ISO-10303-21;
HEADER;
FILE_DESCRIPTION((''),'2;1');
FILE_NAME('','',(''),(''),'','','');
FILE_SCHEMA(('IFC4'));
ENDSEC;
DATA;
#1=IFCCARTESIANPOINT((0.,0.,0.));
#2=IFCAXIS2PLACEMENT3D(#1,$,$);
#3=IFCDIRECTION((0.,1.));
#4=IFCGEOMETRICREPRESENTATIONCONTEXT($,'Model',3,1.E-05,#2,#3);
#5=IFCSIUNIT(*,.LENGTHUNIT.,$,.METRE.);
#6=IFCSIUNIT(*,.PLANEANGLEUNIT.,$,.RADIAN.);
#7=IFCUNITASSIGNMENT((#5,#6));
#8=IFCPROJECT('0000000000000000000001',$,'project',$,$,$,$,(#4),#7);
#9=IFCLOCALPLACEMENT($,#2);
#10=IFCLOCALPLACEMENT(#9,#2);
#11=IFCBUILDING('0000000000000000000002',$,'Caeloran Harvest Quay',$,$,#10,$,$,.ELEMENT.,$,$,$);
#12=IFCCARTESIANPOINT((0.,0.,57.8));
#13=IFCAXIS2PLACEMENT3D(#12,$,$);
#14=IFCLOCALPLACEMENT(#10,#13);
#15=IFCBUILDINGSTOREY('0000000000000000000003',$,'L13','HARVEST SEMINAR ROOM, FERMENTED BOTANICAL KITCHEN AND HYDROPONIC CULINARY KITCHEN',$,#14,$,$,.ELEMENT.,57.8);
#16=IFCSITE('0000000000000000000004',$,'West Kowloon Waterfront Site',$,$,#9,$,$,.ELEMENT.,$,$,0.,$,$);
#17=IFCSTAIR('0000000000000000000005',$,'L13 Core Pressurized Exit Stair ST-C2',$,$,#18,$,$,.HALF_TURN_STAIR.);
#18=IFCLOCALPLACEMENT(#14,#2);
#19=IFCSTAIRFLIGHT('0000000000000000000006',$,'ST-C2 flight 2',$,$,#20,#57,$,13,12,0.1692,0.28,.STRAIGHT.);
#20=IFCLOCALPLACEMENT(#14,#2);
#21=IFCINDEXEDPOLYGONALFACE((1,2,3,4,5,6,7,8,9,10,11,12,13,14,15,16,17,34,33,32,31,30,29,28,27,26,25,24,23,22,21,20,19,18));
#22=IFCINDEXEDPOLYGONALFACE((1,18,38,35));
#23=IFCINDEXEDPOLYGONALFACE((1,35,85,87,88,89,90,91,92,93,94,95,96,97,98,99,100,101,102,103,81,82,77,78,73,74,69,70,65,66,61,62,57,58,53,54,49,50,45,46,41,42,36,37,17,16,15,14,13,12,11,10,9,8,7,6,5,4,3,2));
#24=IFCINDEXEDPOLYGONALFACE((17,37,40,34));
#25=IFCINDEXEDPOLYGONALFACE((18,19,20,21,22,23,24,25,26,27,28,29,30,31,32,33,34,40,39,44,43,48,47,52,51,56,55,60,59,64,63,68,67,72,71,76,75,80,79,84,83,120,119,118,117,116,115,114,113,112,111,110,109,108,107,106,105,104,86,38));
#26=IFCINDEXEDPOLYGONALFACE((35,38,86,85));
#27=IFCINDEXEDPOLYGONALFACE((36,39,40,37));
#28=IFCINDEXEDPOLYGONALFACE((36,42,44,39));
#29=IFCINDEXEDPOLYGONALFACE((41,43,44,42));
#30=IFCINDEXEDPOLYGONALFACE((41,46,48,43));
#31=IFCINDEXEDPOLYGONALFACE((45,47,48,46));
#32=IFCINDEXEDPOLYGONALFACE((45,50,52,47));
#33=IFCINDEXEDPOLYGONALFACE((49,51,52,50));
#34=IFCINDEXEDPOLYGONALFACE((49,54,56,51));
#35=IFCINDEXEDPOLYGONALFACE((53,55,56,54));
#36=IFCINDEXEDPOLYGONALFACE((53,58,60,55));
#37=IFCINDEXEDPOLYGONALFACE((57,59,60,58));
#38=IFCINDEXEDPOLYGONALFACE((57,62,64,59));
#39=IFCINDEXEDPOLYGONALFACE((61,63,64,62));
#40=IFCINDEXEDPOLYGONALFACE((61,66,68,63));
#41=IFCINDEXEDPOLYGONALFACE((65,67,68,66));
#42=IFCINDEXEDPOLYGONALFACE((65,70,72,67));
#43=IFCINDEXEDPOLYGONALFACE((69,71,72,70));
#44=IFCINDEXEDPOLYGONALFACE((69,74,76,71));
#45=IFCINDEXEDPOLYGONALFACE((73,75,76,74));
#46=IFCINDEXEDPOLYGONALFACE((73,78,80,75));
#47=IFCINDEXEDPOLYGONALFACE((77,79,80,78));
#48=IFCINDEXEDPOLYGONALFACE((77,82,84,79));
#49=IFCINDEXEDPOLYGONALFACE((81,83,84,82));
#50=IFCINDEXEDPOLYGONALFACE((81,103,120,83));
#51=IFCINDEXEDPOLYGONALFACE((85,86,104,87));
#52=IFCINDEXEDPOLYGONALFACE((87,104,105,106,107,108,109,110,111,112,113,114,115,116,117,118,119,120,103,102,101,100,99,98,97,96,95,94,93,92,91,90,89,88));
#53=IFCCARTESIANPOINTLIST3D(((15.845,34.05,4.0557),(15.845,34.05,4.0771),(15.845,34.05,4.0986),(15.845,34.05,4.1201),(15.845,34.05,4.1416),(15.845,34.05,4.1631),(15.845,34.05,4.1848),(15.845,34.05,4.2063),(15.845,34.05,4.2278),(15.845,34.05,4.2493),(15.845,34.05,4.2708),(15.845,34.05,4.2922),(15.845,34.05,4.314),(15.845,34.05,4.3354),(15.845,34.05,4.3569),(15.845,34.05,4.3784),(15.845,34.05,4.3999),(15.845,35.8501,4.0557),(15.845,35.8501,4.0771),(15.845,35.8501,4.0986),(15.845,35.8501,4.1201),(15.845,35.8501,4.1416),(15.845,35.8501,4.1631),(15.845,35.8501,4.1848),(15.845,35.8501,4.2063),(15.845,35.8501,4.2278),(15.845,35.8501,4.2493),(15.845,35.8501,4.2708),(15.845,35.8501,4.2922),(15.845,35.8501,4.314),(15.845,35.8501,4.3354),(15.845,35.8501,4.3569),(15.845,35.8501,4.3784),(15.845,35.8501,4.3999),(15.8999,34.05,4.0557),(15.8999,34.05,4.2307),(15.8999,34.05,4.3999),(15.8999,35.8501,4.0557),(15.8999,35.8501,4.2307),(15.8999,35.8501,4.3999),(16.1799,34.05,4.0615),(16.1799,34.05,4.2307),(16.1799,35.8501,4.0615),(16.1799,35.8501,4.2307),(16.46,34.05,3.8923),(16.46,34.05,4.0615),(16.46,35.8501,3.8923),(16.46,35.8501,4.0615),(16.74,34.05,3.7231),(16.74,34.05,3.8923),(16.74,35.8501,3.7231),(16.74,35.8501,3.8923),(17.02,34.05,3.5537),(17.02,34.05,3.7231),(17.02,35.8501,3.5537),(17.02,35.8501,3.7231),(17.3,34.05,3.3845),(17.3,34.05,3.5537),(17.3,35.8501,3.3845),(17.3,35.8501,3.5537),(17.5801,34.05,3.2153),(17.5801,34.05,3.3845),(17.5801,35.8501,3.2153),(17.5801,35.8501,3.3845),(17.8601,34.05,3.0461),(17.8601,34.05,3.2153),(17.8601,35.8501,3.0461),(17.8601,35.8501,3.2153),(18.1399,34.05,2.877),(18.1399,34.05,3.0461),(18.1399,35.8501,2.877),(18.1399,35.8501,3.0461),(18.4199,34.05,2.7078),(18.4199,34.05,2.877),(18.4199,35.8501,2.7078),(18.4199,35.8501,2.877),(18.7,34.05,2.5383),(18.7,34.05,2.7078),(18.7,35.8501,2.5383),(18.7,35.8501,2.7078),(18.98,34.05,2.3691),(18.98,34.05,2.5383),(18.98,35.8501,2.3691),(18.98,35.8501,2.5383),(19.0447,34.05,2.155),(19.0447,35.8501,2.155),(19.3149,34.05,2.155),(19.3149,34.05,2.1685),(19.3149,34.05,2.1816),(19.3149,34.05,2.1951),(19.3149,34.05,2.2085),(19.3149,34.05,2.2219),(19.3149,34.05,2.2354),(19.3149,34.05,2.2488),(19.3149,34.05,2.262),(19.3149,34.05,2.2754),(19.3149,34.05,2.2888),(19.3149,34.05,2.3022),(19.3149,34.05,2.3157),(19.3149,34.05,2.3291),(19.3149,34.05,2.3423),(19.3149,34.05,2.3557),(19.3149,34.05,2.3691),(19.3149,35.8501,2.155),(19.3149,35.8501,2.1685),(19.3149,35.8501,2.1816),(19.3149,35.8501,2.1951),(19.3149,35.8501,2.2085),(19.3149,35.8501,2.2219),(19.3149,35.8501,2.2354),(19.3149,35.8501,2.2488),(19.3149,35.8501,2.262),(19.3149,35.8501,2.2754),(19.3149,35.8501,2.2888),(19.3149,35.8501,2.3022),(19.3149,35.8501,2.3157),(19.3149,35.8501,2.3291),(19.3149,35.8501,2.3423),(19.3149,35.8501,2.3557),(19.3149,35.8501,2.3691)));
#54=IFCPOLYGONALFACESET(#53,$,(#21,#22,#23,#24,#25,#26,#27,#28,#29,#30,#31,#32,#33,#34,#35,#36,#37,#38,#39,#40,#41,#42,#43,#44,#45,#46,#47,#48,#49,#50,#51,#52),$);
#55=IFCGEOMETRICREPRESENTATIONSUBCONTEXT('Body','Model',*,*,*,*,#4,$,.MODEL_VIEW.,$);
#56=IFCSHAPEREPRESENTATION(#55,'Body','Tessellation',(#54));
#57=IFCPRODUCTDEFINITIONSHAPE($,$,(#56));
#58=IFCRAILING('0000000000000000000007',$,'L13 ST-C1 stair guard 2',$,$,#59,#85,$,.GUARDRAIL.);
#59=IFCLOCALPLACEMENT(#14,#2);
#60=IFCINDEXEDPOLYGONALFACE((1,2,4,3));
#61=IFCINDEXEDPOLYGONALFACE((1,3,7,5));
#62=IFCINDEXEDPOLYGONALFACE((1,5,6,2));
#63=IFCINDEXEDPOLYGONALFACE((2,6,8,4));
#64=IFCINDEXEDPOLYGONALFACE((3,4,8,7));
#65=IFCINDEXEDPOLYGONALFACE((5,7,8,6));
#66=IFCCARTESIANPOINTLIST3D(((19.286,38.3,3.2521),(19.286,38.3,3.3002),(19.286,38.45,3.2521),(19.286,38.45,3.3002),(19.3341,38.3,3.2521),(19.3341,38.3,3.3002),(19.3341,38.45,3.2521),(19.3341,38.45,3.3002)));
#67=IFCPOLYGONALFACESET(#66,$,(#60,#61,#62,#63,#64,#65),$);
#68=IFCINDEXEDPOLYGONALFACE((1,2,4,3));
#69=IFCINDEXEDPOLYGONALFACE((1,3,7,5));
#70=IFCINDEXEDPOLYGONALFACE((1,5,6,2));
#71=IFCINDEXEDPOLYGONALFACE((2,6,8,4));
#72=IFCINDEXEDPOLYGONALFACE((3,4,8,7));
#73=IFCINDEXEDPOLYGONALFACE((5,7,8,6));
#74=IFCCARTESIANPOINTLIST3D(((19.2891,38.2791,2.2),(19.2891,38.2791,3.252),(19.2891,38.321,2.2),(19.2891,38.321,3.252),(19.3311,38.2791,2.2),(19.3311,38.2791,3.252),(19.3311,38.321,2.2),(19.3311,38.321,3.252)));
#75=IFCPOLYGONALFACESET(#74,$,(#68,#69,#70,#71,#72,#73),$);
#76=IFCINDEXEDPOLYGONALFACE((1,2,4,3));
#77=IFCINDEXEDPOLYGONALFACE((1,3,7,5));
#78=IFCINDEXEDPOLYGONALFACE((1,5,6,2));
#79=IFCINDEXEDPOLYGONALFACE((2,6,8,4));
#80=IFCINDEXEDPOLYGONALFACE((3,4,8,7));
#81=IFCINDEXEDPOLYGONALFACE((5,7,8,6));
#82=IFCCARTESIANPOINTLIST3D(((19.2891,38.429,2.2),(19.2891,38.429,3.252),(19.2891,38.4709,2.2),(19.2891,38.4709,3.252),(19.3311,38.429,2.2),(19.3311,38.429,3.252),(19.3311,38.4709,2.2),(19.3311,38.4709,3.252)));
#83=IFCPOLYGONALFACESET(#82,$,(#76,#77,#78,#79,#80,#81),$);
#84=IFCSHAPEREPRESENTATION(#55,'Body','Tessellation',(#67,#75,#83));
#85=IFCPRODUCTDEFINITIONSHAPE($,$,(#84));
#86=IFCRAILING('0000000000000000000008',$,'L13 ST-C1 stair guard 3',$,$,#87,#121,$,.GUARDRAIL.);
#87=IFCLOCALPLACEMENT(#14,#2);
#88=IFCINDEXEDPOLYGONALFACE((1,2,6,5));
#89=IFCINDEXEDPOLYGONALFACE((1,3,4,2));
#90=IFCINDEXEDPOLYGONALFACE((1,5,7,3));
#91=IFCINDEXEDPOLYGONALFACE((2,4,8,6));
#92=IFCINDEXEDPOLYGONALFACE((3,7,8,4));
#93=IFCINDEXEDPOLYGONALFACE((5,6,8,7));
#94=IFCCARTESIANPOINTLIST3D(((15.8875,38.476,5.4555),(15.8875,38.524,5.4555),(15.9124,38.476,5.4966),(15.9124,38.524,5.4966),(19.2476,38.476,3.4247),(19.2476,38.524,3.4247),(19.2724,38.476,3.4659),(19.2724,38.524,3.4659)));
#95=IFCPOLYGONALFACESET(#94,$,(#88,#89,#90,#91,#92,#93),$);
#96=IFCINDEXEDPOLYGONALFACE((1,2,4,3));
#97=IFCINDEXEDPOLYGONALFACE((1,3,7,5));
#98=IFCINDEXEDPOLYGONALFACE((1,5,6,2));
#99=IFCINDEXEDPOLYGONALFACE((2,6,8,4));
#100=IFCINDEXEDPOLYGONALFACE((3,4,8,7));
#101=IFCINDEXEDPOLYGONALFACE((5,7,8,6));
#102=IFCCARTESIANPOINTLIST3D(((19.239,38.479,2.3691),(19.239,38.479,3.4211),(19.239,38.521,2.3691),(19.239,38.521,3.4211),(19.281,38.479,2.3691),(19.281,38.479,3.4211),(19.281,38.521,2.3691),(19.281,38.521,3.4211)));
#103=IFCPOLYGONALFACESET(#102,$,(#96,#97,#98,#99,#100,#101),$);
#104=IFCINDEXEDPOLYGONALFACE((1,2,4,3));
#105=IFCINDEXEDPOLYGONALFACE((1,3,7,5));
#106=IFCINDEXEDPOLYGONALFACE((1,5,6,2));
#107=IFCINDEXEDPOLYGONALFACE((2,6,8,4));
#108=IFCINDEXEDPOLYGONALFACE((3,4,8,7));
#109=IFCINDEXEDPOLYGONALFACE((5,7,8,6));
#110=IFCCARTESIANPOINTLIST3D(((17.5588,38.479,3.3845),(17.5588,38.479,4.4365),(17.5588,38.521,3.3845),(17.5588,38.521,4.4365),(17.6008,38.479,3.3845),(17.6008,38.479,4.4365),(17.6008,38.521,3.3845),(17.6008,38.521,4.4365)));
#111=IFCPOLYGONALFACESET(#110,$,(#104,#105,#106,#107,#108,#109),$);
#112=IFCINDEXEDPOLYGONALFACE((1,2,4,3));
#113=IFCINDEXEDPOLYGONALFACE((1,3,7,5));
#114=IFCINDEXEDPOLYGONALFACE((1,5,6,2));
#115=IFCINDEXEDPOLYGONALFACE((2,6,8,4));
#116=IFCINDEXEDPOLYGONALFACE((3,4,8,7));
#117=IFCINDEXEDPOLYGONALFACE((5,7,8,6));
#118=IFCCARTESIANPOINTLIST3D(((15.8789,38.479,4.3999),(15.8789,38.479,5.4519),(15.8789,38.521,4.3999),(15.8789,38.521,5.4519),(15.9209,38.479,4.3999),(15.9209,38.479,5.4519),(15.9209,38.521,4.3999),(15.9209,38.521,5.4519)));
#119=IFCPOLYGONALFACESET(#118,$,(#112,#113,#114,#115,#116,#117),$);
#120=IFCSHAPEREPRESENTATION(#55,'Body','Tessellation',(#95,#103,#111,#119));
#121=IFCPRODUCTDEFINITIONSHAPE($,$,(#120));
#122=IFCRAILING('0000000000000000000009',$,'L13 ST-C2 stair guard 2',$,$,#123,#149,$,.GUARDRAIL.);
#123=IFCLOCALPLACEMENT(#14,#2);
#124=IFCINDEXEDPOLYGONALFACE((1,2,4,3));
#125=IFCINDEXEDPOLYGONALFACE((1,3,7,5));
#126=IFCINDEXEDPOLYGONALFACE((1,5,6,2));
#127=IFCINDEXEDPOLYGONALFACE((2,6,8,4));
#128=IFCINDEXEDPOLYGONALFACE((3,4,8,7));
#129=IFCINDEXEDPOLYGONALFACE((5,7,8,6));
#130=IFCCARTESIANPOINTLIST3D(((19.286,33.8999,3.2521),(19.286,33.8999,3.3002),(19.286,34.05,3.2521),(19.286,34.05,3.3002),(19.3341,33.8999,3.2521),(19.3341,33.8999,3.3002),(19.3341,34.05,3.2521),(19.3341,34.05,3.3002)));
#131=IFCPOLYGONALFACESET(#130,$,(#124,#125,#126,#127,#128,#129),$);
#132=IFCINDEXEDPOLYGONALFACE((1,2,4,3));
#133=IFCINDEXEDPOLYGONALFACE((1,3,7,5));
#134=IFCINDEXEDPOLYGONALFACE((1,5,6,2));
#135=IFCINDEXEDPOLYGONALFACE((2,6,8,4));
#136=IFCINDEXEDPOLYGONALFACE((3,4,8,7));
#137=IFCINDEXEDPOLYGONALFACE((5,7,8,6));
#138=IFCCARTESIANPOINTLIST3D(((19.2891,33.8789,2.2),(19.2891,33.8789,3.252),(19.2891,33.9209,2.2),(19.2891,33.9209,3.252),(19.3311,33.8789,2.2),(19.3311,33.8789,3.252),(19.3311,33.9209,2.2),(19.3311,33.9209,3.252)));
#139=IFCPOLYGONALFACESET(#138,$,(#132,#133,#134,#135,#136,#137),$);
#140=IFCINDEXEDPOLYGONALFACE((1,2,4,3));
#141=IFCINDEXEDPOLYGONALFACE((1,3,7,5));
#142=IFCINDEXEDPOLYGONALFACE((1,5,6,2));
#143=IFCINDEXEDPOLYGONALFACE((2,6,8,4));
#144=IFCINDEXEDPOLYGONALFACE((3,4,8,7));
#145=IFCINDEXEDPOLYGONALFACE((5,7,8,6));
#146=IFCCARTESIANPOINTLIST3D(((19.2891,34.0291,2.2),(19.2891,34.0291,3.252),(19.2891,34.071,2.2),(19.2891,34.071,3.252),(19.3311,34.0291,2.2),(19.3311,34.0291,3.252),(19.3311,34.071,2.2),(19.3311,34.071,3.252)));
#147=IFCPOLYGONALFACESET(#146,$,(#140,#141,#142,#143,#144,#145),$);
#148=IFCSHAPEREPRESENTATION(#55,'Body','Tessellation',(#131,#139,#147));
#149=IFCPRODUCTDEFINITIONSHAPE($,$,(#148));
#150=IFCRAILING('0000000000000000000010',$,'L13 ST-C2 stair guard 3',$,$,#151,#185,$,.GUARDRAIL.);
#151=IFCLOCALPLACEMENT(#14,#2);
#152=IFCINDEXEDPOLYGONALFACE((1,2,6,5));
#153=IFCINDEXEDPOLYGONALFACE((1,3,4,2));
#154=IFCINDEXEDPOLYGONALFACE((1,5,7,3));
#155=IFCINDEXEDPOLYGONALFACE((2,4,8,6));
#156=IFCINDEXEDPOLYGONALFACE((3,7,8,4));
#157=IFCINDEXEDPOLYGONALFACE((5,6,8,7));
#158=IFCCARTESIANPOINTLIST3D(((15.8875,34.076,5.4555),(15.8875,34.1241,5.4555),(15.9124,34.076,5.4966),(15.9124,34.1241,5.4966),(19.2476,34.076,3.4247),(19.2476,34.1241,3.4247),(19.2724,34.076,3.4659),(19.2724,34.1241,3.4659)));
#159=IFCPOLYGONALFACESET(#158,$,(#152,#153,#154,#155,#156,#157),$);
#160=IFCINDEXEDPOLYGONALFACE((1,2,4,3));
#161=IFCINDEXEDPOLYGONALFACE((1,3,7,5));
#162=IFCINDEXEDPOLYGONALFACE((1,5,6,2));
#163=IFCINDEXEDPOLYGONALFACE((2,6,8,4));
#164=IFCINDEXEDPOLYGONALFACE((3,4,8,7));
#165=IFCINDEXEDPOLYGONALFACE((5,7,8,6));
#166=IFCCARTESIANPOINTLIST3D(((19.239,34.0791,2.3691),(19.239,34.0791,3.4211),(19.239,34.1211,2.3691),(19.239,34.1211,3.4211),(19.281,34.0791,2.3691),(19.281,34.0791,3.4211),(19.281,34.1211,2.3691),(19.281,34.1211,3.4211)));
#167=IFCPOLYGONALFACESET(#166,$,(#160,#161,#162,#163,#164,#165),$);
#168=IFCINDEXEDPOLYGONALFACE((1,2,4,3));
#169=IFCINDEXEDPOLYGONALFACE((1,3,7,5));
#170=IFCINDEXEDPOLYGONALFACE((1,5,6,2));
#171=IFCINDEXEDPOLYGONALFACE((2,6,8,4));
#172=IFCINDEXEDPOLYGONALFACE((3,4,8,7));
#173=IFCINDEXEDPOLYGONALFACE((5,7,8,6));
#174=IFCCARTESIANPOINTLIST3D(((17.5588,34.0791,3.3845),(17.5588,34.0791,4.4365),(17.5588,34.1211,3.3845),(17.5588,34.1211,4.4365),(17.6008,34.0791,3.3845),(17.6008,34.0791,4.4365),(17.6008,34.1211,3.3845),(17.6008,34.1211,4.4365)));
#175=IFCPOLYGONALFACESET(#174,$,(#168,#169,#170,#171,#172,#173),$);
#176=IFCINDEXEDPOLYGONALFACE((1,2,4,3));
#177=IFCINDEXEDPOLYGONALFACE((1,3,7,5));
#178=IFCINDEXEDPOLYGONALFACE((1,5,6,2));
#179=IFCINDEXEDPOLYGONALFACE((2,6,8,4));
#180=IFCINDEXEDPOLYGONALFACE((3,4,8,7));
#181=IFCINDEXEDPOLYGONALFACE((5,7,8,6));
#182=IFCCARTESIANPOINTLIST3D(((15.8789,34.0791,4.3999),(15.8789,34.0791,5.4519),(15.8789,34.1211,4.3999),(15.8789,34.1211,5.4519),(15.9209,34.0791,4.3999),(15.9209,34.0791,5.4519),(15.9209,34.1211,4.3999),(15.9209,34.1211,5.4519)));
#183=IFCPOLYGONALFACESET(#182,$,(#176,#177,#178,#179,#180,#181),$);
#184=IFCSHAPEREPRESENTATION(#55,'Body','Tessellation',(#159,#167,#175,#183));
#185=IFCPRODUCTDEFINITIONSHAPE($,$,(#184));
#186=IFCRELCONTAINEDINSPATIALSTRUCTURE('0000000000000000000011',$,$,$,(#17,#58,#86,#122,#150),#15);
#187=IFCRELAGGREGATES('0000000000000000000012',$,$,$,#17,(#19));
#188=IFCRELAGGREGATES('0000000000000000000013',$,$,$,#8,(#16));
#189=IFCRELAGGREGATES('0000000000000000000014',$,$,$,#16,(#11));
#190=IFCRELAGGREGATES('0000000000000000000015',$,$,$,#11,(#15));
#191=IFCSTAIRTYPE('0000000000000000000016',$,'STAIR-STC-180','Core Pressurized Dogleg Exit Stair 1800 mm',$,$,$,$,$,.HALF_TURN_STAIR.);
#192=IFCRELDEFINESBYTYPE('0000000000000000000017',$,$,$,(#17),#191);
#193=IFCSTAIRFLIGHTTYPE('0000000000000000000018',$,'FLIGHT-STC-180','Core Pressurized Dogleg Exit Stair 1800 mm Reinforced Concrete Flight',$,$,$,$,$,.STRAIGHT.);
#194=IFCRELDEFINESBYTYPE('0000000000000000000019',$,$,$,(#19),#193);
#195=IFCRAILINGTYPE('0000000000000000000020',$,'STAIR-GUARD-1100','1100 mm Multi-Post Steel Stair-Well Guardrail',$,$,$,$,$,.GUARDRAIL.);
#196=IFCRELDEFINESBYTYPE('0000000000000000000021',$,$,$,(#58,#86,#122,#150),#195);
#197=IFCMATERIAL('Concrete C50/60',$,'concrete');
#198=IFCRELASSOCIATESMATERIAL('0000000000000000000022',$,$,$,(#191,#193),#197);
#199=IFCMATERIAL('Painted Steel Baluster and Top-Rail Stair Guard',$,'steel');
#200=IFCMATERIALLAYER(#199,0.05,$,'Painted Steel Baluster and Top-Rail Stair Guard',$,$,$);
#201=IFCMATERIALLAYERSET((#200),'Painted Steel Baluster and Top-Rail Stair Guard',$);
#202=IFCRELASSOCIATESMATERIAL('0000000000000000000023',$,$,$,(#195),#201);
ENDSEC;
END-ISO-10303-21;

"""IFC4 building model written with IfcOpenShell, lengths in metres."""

from ifc_helpers import new_model, si_unit, direction, frame, origin, origin_2d, place, context, subcontext, project, spatial, polyline, rectangle, outline, extrude, material, layer, layer_set, type_object, element, aggregate, save


model = new_model("IFC4")

# Units and contexts
model_context = context("Model", 3, precision=1e-05, world=origin(), true_north=direction((0.0, 1.0)))
body_context = subcontext(model_context, "Body", "Model", "MODEL_VIEW")
ifc_project = project(units=[si_unit("LENGTHUNIT", "METRE"), si_unit("PLANEANGLEUNIT", "RADIAN")], contexts=[model_context])

# Site, building, storey
site_placement = place(None, origin())
site = spatial("IfcSite", under=ifc_project, at=site_placement, Name="West Kowloon Waterfront Site", CompositionType="ELEMENT", RefElevation=0.0)
building_placement = place(site_placement, origin())
building = spatial("IfcBuilding", under=site, at=building_placement, Name="Caeloran Harvest Quay", CompositionType="ELEMENT")
storey_placement = place(building_placement, frame((0.0, 0.0, 57.8)))
storey = spatial("IfcBuildingStorey", under=building, at=storey_placement, Name="L13", Description="HARVEST SEMINAR ROOM, FERMENTED BOTANICAL KITCHEN AND HYDROPONIC CULINARY KITCHEN", CompositionType="ELEMENT", Elevation=57.8)

# Shared definitions
ifc_material_1 = material(Name="Concrete C50/60", Category="concrete")

# Stair, stair flight
stair_type = type_object("IfcStairType", Name="STAIR-STC-180", Description="Core Pressurized Dogleg Exit Stair 1800 mm", PredefinedType="HALF_TURN_STAIR", material=ifc_material_1)
stair_flight_type = type_object("IfcStairFlightType", Name="FLIGHT-STC-180", Description="Core Pressurized Dogleg Exit Stair 1800 mm Reinforced Concrete Flight", PredefinedType="STRAIGHT", material=ifc_material_1)
stair_1_placement = place(storey_placement, origin())
stair_1 = element("IfcStair", 1, at=stair_1_placement, inside=storey, type_object=stair_type, Name="L13 Core Pressurized Exit Stair ST-C2", PredefinedType="HALF_TURN_STAIR")
stair_flight_1_placement = place(storey_placement, frame((19.26, 34.95, 2.2), z_axis=(0.0, 0.0, 1.0), x_axis=(-1.0, 0.0, 0.0)))
stair_flight_1 = element("IfcStairFlight", 2, at=stair_flight_1_placement, type_object=stair_flight_type, Name="ST-C2 flight 2", NumberOfRisers=13, NumberOfTreads=12, PredefinedType="STRAIGHT", RiserHeight=0.1692, TreadLength=0.28, context=body_context, shape_type="SweptSolid", body=[
    extrude(outline(polyline([(-0.0549, -0.0449), (-0.0549, -0.0315), (-0.0549, -0.0183), (-0.0549, -0.0049), (-0.0549, 0.0085), (-0.0549, 0.022), (-0.0549, 0.0354), (-0.0549, 0.0488), (-0.0549, 0.062), (-0.0549, 0.0754), (-0.0549, 0.0889), (-0.0549, 0.1023), (-0.0549, 0.1157), (-0.0549, 0.1292), (-0.0549, 0.1423), (-0.0549, 0.1558), (-0.0549, 0.1692), (0.28, 0.1692), (0.28, 0.3384), (0.5601, 0.3384), (0.5601, 0.5078), (0.8401, 0.5078), (0.8401, 0.677), (1.1201, 0.677), (1.1201, 0.8462), (1.3999, 0.8462), (1.3999, 1.0154), (1.6799, 1.0154), (1.6799, 1.1846), (1.96, 1.1846), (1.96, 1.3538), (2.24, 1.3538), (2.24, 1.5232), (2.52, 1.5232), (2.52, 1.6924), (2.8, 1.6924), (2.8, 1.8616), (3.0801, 1.8616), (3.0801, 2.0308), (3.3601, 2.0308), (3.3601, 2.2), (3.415, 2.2), (3.415, 2.1785), (3.415, 2.157), (3.415, 2.1355), (3.415, 2.114), (3.415, 2.0923), (3.415, 2.0708), (3.415, 2.0493), (3.415, 2.0278), (3.415, 2.0063), (3.415, 1.9849), (3.415, 1.9631), (3.415, 1.9417), (3.415, 1.9202), (3.415, 1.8987), (3.415, 1.8772), (3.415, 1.8557), (3.3601, 1.8557), (0.2153, -0.0449), (-0.0549, -0.0449)])), frame((0.0, 0.8999, 0.0), z_axis=(0.0, -1.0, 0.0), x_axis=(1.0, 0.0, 0.0)), (0.0, 0.0, 1.0), 1.8),
])
aggregate(stair_1, [stair_flight_1])

# Railings
ifc_material_2 = material(Name="Painted Steel Baluster and Top-Rail Stair Guard", Category="steel")
ifc_layer_1 = layer(ifc_material_2, 0.05, Name="Painted Steel Baluster and Top-Rail Stair Guard")
ifc_layer_set_1 = layer_set([ifc_layer_1], Name="Painted Steel Baluster and Top-Rail Stair Guard")
railing_type_1 = type_object("IfcRailingType", Name="STAIR-GUARD-1100", Description="1100 mm Multi-Post Steel Stair-Well Guardrail", PredefinedType="GUARDRAIL", material=ifc_layer_set_1)
railing_1_placement = place(storey_placement, frame((19.3101, 38.3, 2.2)))
element("IfcRailing", 3, at=railing_1_placement, inside=storey, type_object=railing_type_1, Name="L13 ST-C1 stair guard 2", PredefinedType="GUARDRAIL", context=body_context, shape_type="SweptSolid", body=[
    extrude(rectangle(XDim=0.0481, YDim=0.0481, at=origin_2d()), frame((0.0, 0.0, 1.0762), z_axis=(0.0, 1.0, 0.0), x_axis=(-1.0, 0.0, 0.0)), (0.0, 0.0, 1.0), 0.1499),
    extrude(rectangle(XDim=0.042, YDim=0.042, at=origin_2d()), origin(), (0.0, 0.0, 1.0), 1.052),
    extrude(rectangle(XDim=0.042, YDim=0.042, at=origin_2d()), frame((0.0, 0.1499, 0.0)), (0.0, 0.0, 1.0), 1.052),
])
railing_2_placement = place(storey_placement, frame((19.26, 38.5, 2.3691)))
element("IfcRailing", 4, at=railing_2_placement, inside=storey, type_object=railing_type_1, Name="L13 ST-C1 stair guard 3", PredefinedType="GUARDRAIL", context=body_context, shape_type="SweptSolid", body=[
    extrude(rectangle(XDim=0.0481, YDim=0.0481, at=origin_2d()), frame((0.0, 0.0, 1.0762), z_axis=(-0.855837, 0.0, 0.517246), x_axis=(0.0, -1.0, 0.0)), (0.0, 0.0, 1.0), 3.926),
    extrude(rectangle(XDim=0.042, YDim=0.042, at=origin_2d()), origin(), (0.0, 0.0, 1.0), 1.052),
    extrude(rectangle(XDim=0.042, YDim=0.042, at=origin_2d()), frame((-1.6802, 0.0, 1.0154)), (0.0, 0.0, 1.0), 1.052),
    extrude(rectangle(XDim=0.042, YDim=0.042, at=origin_2d()), frame((-3.3601, 0.0, 2.0308)), (0.0, 0.0, 1.0), 1.052),
])
railing_3_placement = place(storey_placement, frame((19.3101, 33.8999, 2.2)))
element("IfcRailing", 5, at=railing_3_placement, inside=storey, type_object=railing_type_1, Name="L13 ST-C2 stair guard 2", PredefinedType="GUARDRAIL", context=body_context, shape_type="SweptSolid", body=[
    extrude(rectangle(XDim=0.0481, YDim=0.0481, at=origin_2d()), frame((0.0, 0.0, 1.0762), z_axis=(0.0, 1.0, 0.0), x_axis=(-1.0, 0.0, 0.0)), (0.0, 0.0, 1.0), 0.1501),
    extrude(rectangle(XDim=0.042, YDim=0.042, at=origin_2d()), origin(), (0.0, 0.0, 1.0), 1.052),
    extrude(rectangle(XDim=0.042, YDim=0.042, at=origin_2d()), frame((0.0, 0.1501, 0.0)), (0.0, 0.0, 1.0), 1.052),
])
railing_4_placement = place(storey_placement, frame((19.26, 34.1001, 2.3691)))
element("IfcRailing", 6, at=railing_4_placement, inside=storey, type_object=railing_type_1, Name="L13 ST-C2 stair guard 3", PredefinedType="GUARDRAIL", context=body_context, shape_type="SweptSolid", body=[
    extrude(rectangle(XDim=0.0481, YDim=0.0481, at=origin_2d()), frame((0.0, 0.0, 1.0762), z_axis=(-0.855837, 0.0, 0.517246), x_axis=(0.0, -1.0, 0.0)), (0.0, 0.0, 1.0), 3.926),
    extrude(rectangle(XDim=0.042, YDim=0.042, at=origin_2d()), origin(), (0.0, 0.0, 1.0), 1.052),
    extrude(rectangle(XDim=0.042, YDim=0.042, at=origin_2d()), frame((-1.6802, 0.0, 1.0154)), (0.0, 0.0, 1.0), 1.052),
    extrude(rectangle(XDim=0.042, YDim=0.042, at=origin_2d()), frame((-3.3601, 0.0, 2.0308)), (0.0, 0.0, 1.0), 1.052),
])

save(model, "model.ifc")
